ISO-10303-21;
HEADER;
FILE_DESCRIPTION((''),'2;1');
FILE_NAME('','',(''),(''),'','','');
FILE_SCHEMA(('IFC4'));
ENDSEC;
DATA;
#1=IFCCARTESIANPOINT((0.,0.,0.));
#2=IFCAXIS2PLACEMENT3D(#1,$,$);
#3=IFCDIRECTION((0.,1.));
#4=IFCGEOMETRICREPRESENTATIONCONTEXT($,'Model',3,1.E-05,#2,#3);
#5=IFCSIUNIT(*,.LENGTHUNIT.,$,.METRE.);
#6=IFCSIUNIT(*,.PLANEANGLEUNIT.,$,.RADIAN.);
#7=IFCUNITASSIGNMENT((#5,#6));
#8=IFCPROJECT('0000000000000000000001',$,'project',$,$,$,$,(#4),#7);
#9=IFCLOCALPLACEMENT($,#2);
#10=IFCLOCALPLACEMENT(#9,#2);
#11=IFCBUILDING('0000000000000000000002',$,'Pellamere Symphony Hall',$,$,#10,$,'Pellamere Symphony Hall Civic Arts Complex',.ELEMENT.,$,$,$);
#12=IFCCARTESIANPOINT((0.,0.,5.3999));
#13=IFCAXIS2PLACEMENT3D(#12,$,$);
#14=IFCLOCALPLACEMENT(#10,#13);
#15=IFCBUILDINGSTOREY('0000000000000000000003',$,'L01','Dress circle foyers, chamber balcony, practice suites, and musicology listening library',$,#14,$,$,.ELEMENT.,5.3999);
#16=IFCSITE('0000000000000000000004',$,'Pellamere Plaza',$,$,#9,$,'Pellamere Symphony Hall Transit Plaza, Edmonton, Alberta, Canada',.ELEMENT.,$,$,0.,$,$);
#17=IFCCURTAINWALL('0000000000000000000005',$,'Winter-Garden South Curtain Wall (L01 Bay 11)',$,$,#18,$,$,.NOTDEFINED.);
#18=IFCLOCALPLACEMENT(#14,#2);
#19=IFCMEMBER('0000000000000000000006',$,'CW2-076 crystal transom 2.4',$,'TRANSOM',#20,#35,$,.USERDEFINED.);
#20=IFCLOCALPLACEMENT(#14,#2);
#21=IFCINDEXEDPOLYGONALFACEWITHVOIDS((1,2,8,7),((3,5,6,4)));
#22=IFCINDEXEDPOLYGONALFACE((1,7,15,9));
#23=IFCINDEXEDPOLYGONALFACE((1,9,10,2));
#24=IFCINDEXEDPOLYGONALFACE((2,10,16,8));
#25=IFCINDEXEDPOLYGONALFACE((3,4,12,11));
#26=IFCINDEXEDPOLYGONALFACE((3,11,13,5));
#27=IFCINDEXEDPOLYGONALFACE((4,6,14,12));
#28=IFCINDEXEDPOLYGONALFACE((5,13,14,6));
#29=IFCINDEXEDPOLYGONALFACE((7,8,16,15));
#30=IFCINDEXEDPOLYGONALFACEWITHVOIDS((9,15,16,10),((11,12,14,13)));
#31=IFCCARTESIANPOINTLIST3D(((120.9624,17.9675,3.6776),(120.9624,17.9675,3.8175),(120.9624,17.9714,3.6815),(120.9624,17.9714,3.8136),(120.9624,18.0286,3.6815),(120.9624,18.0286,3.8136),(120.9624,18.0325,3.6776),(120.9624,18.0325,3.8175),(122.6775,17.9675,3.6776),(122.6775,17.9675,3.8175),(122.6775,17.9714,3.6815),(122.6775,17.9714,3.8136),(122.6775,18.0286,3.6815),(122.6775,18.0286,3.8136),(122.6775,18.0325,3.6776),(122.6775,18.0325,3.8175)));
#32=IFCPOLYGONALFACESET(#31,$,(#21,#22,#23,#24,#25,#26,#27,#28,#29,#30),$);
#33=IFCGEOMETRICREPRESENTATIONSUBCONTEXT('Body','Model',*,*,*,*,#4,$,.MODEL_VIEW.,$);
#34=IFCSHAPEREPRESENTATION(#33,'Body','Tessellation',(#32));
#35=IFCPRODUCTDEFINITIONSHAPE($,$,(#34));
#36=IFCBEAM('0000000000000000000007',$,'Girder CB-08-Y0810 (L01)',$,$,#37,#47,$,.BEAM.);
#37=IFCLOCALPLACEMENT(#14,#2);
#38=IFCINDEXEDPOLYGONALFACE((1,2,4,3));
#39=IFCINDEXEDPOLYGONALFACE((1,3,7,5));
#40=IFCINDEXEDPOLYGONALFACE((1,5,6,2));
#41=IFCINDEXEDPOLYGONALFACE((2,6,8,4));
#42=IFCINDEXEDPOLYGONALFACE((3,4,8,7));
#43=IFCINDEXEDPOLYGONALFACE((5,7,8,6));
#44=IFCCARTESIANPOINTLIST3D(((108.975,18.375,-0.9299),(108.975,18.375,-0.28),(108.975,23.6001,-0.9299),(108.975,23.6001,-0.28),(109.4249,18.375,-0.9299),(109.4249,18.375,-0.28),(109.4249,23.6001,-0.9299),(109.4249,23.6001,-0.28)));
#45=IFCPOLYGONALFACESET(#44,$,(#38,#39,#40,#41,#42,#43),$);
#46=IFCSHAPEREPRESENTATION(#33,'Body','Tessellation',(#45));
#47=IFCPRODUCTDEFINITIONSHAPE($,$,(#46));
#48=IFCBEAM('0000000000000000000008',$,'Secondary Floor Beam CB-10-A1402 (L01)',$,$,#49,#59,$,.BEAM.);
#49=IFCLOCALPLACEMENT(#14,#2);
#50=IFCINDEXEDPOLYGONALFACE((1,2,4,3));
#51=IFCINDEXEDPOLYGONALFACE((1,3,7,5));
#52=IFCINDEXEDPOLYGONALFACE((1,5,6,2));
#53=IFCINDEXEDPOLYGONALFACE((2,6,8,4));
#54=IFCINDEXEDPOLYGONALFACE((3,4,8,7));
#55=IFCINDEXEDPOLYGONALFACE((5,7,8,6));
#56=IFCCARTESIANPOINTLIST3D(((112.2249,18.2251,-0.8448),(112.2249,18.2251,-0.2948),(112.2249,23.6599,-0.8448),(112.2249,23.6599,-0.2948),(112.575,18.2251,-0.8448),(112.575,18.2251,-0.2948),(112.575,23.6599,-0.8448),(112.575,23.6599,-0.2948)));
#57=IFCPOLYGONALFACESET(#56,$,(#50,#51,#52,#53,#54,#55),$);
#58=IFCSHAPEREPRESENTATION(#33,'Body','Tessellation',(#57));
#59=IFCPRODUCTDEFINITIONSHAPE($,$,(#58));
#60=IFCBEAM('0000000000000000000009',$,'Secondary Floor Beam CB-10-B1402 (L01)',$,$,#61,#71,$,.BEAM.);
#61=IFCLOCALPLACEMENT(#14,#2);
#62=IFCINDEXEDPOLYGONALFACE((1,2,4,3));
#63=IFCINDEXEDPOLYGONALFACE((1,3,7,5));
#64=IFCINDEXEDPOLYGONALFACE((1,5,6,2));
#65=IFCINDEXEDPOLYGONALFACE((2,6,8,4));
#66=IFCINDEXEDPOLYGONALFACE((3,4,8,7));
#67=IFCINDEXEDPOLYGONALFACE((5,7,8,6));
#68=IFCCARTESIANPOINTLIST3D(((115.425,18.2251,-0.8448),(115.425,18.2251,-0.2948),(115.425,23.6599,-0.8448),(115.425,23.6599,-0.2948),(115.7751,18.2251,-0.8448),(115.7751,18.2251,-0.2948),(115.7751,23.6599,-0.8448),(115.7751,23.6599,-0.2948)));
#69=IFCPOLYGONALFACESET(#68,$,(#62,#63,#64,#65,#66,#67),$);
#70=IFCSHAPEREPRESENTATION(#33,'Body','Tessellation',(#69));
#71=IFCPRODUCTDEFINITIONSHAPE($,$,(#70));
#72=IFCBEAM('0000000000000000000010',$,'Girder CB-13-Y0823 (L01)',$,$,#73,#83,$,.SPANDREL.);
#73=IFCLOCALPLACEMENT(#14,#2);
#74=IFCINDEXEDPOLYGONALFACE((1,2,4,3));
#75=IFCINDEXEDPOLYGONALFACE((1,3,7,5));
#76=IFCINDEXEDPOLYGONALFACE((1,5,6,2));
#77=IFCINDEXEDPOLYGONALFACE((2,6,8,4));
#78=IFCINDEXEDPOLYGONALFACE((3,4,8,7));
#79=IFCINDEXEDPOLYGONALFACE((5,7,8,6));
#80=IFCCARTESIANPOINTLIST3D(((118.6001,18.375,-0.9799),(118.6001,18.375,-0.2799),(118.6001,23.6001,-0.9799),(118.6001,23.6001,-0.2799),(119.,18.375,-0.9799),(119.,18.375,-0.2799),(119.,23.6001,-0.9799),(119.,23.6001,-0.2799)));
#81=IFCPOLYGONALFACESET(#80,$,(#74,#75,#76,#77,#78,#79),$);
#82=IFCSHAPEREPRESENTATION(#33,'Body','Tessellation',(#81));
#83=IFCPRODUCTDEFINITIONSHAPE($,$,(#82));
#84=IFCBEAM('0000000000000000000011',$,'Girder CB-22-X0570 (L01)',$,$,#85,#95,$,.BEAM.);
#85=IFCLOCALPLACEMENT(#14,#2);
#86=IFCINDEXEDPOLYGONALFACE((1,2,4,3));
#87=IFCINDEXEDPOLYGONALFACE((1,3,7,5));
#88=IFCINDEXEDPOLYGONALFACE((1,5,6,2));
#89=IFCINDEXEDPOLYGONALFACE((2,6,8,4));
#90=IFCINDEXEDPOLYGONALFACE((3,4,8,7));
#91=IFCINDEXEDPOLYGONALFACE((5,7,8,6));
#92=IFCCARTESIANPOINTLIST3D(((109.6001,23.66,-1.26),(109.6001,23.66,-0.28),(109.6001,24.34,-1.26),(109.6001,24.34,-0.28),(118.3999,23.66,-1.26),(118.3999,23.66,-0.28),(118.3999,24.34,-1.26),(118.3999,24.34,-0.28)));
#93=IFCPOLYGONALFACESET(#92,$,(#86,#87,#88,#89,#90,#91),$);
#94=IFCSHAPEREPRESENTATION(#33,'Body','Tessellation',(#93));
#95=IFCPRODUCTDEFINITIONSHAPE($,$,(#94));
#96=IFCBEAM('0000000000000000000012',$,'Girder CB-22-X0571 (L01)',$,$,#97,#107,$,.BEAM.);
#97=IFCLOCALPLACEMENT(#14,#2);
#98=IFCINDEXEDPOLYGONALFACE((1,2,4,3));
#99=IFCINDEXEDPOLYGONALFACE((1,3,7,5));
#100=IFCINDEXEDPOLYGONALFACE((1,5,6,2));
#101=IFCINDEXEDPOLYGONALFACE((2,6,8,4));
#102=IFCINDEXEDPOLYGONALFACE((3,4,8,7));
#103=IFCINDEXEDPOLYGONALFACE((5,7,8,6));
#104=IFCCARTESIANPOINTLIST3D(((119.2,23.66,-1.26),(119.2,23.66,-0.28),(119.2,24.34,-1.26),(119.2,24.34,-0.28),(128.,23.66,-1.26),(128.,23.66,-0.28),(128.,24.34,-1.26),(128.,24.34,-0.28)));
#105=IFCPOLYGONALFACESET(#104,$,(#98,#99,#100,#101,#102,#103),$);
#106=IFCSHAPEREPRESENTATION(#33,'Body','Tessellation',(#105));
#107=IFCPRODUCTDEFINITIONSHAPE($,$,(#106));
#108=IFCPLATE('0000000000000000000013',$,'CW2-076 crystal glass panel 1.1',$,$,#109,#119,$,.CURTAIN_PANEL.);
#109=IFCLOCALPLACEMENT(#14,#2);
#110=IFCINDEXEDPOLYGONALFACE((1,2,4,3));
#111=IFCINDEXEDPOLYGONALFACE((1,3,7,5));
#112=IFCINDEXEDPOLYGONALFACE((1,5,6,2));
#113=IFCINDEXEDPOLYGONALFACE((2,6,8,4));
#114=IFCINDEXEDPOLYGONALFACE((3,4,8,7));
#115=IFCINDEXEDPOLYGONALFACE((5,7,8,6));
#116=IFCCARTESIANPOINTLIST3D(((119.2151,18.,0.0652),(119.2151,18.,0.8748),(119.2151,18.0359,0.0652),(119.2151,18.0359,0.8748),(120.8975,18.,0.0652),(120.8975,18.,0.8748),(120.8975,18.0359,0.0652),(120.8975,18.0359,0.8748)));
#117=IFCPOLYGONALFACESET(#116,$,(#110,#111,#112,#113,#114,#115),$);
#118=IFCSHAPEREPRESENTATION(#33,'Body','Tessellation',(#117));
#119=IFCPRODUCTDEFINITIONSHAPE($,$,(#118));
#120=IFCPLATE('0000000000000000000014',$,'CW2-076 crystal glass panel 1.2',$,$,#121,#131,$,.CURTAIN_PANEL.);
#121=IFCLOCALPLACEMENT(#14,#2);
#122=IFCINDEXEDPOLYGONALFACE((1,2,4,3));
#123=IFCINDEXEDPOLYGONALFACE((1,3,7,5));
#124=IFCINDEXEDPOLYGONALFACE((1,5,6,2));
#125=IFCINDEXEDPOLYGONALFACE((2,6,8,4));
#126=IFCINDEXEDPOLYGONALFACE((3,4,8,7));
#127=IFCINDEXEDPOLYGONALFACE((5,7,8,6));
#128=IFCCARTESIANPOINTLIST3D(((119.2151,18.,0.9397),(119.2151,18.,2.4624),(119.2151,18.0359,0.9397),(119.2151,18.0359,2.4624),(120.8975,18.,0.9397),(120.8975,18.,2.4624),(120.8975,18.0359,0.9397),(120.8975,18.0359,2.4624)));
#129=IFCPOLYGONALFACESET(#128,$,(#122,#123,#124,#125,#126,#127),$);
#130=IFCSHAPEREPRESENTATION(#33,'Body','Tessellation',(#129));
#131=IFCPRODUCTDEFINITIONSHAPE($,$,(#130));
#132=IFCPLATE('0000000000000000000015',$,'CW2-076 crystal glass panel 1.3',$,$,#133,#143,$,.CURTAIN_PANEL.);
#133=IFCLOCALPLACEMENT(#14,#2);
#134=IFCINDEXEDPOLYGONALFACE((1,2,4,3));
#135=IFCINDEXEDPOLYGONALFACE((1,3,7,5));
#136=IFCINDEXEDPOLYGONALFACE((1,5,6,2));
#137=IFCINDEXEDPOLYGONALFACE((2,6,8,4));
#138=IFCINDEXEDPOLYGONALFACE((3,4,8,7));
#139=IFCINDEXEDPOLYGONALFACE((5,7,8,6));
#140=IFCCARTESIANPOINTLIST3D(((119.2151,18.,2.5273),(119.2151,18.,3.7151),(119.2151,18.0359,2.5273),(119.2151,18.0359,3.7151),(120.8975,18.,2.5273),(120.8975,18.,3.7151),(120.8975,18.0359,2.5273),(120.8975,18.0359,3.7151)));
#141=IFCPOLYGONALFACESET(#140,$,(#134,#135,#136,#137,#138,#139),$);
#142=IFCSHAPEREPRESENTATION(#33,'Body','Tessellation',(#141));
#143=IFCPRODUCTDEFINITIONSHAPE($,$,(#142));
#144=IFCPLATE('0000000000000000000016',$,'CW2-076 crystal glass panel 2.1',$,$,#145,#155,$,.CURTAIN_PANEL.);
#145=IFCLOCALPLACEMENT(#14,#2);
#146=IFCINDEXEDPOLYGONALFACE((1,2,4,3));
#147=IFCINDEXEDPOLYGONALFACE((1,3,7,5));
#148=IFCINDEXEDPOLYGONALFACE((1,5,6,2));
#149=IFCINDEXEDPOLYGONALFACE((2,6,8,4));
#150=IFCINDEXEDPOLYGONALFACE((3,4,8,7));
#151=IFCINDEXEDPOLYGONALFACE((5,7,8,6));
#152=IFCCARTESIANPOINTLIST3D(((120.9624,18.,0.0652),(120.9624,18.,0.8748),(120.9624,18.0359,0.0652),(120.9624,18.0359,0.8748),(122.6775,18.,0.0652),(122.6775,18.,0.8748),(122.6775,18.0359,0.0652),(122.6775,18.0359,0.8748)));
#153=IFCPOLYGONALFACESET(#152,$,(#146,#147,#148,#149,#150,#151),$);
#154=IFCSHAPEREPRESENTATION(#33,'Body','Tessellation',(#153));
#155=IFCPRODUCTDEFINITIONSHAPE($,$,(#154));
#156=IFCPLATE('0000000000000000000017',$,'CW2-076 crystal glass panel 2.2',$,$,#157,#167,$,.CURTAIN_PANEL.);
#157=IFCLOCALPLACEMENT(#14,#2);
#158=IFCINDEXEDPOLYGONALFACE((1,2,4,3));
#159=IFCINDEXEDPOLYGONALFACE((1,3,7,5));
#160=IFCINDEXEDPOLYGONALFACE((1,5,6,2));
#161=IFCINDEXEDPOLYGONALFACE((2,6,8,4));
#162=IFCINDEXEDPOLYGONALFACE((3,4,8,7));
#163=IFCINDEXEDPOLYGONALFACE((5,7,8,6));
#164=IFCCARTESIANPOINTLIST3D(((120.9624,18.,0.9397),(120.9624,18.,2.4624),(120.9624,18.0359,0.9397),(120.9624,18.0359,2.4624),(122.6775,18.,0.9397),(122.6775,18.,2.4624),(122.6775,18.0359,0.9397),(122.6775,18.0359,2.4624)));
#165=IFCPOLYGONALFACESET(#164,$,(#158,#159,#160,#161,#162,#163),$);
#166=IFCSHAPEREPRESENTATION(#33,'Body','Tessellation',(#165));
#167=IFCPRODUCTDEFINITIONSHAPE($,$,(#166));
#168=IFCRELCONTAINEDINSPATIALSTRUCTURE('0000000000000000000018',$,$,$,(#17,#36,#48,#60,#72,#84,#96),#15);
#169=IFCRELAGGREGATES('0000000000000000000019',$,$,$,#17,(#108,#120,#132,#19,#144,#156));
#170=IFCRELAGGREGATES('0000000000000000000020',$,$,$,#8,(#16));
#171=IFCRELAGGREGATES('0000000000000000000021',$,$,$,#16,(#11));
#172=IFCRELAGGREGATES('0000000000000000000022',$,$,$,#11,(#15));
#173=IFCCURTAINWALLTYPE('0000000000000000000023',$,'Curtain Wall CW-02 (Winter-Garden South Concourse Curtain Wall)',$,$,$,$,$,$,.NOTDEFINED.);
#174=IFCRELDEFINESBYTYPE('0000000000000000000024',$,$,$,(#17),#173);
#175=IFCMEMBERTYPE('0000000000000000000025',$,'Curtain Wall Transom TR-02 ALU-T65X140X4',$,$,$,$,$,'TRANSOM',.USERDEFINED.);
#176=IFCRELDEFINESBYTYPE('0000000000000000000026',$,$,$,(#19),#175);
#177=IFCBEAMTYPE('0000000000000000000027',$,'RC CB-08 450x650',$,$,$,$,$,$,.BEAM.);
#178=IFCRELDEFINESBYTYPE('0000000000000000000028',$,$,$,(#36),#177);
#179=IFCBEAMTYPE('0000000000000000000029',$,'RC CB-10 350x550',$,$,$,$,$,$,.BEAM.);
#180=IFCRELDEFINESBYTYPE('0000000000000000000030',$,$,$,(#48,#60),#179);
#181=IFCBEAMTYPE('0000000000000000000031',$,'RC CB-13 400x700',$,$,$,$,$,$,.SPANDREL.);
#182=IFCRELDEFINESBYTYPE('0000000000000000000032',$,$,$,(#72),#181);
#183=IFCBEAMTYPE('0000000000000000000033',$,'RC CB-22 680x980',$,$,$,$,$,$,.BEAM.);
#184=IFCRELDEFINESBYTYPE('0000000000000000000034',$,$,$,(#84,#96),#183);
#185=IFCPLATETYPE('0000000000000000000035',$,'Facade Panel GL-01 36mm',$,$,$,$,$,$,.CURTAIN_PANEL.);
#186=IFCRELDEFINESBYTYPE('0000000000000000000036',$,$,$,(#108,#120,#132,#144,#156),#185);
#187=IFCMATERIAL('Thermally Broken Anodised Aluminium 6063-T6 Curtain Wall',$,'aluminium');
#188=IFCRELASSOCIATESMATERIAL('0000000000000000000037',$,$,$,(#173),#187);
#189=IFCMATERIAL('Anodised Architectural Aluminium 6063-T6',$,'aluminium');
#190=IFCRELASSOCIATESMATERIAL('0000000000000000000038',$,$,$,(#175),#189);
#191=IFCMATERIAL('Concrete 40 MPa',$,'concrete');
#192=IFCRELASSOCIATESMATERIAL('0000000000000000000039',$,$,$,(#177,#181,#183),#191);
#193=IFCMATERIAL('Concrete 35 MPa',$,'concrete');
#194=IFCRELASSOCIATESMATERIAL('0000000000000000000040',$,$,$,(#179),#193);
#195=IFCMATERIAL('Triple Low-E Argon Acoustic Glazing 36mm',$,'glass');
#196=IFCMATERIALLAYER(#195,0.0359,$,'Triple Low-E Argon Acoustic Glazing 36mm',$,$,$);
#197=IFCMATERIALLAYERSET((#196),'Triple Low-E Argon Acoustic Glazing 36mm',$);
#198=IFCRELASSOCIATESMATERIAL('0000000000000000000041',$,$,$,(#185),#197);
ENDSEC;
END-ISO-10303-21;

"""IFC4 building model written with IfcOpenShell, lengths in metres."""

from ifc_helpers import new_model, si_unit, direction, frame, origin, origin_2d, place, context, subcontext, project, spatial, polyline, rectangle, hollow_rectangle, outline, extrude, material, layer, layer_set, material_profile, profile_set, type_object, element, aggregate, save


model = new_model("IFC4")

# Units and contexts
model_context = context("Model", 3, precision=1e-05, world=origin(), true_north=direction((0.0, 1.0)))
body_context = subcontext(model_context, "Body", "Model", "MODEL_VIEW")
ifc_project = project(units=[si_unit("LENGTHUNIT", "METRE"), si_unit("PLANEANGLEUNIT", "RADIAN")], contexts=[model_context])

# Site, building, storey
site_placement = place(None, origin())
site = spatial("IfcSite", under=ifc_project, at=site_placement, Name="Pellamere Plaza", LongName="Pellamere Symphony Hall Transit Plaza, Edmonton, Alberta, Canada", CompositionType="ELEMENT", RefElevation=0.0)
building_placement = place(site_placement, origin())
building = spatial("IfcBuilding", under=site, at=building_placement, Name="Pellamere Symphony Hall", LongName="Pellamere Symphony Hall Civic Arts Complex", CompositionType="ELEMENT")
storey_placement = place(building_placement, frame((0.0, 0.0, 5.3999)))
storey = spatial("IfcBuildingStorey", under=building, at=storey_placement, Name="L01", Description="Dress circle foyers, chamber balcony, practice suites, and musicology listening library", CompositionType="ELEMENT", Elevation=5.3999)

# Shared definitions
ifc_material_1 = material(Name="Concrete 40 MPa", Category="concrete")

# Curtain wall, member
ifc_material_2 = material(Name="Thermally Broken Anodised Aluminium 6063-T6 Curtain Wall", Category="aluminium")
curtain_wall_type = type_object("IfcCurtainWallType", Name="Curtain Wall CW-02 (Winter-Garden South Concourse Curtain Wall)", PredefinedType="NOTDEFINED", material=ifc_material_2)
curtain_wall_placement = place(storey_placement, origin())
curtain_wall = element("IfcCurtainWall", 1, at=curtain_wall_placement, inside=storey, type_object=curtain_wall_type, Name="Winter-Garden South Curtain Wall (L01 Bay 11)", PredefinedType="NOTDEFINED")
ifc_material_3 = material(Name="Anodised Architectural Aluminium 6063-T6", Category="aluminium")
ifc_material_profile_1 = material_profile(ifc_material_3, hollow_rectangle(XDim=0.0649, YDim=0.1399, WallThickness=0.0039, at=origin_2d()), Name="ALU-T65X140X4")
ifc_profile_set_1 = profile_set([ifc_material_profile_1], Name="Anodised Architectural Aluminium 6063-T6")
member_type_1 = type_object("IfcMemberType", Name="Curtain Wall Transom TR-02 ALU-T65X140X4", ElementType="TRANSOM", PredefinedType="USERDEFINED", material=ifc_profile_set_1)
member_1_placement = place(storey_placement, frame((120.9624, 18.0, 3.7476), z_axis=(1.0, 0.0, 0.0), x_axis=(0.0, 1.0, 0.0)))
member_1 = element("IfcMember", 2, at=member_1_placement, type_object=member_type_1, Name="CW2-076 crystal transom 2.4", ObjectType="TRANSOM", PredefinedType="USERDEFINED", context=body_context, shape_type="SweptSolid", body=[
    extrude(hollow_rectangle(XDim=0.0649, YDim=0.1399, WallThickness=0.0039, at=origin_2d()), origin(), (0.0, 0.0, 1.0), 1.7151),
])

# Beams
ifc_material_profile_2 = material_profile(ifc_material_1, rectangle(XDim=0.45, YDim=0.6499, at=origin_2d()), Name="RC 450x650")
ifc_profile_set_2 = profile_set([ifc_material_profile_2], Name="Concrete 40 MPa")
beam_type_1 = type_object("IfcBeamType", Name="RC CB-08 450x650", PredefinedType="BEAM", material=ifc_profile_set_2)
beam_1_placement = place(storey_placement, frame((109.2, 18.375, -0.605), z_axis=(0.0, 1.0, 0.0), x_axis=(-1.0, 0.0, 0.0)))
element("IfcBeam", 3, at=beam_1_placement, inside=storey, type_object=beam_type_1, Name="Girder CB-08-Y0810 (L01)", PredefinedType="BEAM", context=body_context, shape_type="SweptSolid", body=[
    extrude(rectangle(XDim=0.45, YDim=0.6499, at=origin_2d()), origin(), (0.0, 0.0, 1.0), 5.2251),
])
ifc_material_4 = material(Name="Concrete 35 MPa", Category="concrete")
ifc_material_profile_3 = material_profile(ifc_material_4, rectangle(XDim=0.3501, YDim=0.55, at=origin_2d()), Name="RC 350x550")
ifc_profile_set_3 = profile_set([ifc_material_profile_3], Name="Concrete 35 MPa")
beam_type_2 = type_object("IfcBeamType", Name="RC CB-10 350x550", PredefinedType="BEAM", material=ifc_profile_set_3)
for number, where, z_axis, x_axis, name in (
    (4, (112.3999, 18.2251, -0.5698), (0.0, 1.0, 0.0), (-1.0, 0.0, 0.0), "Secondary Floor Beam CB-10-A1402 (L01)"),
    (5, (115.6001, 18.2251, -0.5698), (0.0, 1.0, 0.0), (-1.0, 0.0, 0.0), "Secondary Floor Beam CB-10-B1402 (L01)"),
):
    element("IfcBeam", number, at=place(storey_placement, frame(where, z_axis=z_axis, x_axis=x_axis)), inside=storey, type_object=beam_type_2, Name=name, PredefinedType="BEAM", context=body_context, shape_type="SweptSolid", body=[
        extrude(rectangle(XDim=0.3501, YDim=0.55, at=origin_2d()), origin(), (0.0, 0.0, 1.0), 5.4348),
    ])
ifc_material_profile_4 = material_profile(ifc_material_1, rectangle(XDim=0.3999, YDim=0.7, at=origin_2d()), Name="RC 400x700")
ifc_profile_set_4 = profile_set([ifc_material_profile_4], Name="Concrete 40 MPa")
beam_type_3 = type_object("IfcBeamType", Name="RC CB-13 400x700", PredefinedType="SPANDREL", material=ifc_profile_set_4)
beam_2_placement = place(storey_placement, frame((118.8, 18.375, -0.6299), z_axis=(0.0, 1.0, 0.0), x_axis=(-1.0, 0.0, 0.0)))
element("IfcBeam", 6, at=beam_2_placement, inside=storey, type_object=beam_type_3, Name="Girder CB-13-Y0823 (L01)", PredefinedType="SPANDREL", context=body_context, shape_type="SweptSolid", body=[
    extrude(rectangle(XDim=0.3999, YDim=0.7, at=origin_2d()), origin(), (0.0, 0.0, 1.0), 5.2251),
])
ifc_material_profile_5 = material_profile(ifc_material_1, rectangle(XDim=0.6799, YDim=0.98, at=origin_2d()), Name="RC 680x980")
ifc_profile_set_5 = profile_set([ifc_material_profile_5], Name="Concrete 40 MPa")
beam_type_4 = type_object("IfcBeamType", Name="RC CB-22 680x980", PredefinedType="BEAM", material=ifc_profile_set_5)
beam_3_placement = place(storey_placement, frame((109.6001, 24.0, -0.77), z_axis=(1.0, 0.0, 0.0), x_axis=(0.0, 1.0, 0.0)))
element("IfcBeam", 7, at=beam_3_placement, inside=storey, type_object=beam_type_4, Name="Girder CB-22-X0570 (L01)", PredefinedType="BEAM", context=body_context, shape_type="SweptSolid", body=[
    extrude(rectangle(XDim=0.6799, YDim=0.98, at=origin_2d()), origin(), (0.0, 0.0, 1.0), 8.7998),
])
beam_4_placement = place(storey_placement, frame((119.2, 24.0, -0.77), z_axis=(1.0, 0.0, 0.0), x_axis=(0.0, 1.0, 0.0)))
element("IfcBeam", 8, at=beam_4_placement, inside=storey, type_object=beam_type_4, Name="Girder CB-22-X0571 (L01)", PredefinedType="BEAM", context=body_context, shape_type="SweptSolid", body=[
    extrude(rectangle(XDim=0.6799, YDim=0.98, at=origin_2d()), origin(), (0.0, 0.0, 1.0), 8.8),
])

# Plates
ifc_material_5 = material(Name="Triple Low-E Argon Acoustic Glazing 36mm", Category="glass")
ifc_layer = layer(ifc_material_5, 0.0359, Name="Triple Low-E Argon Acoustic Glazing 36mm")
ifc_layer_set = layer_set([ifc_layer], Name="Triple Low-E Argon Acoustic Glazing 36mm")
plate_type = type_object("IfcPlateType", Name="Facade Panel GL-01 36mm", PredefinedType="CURTAIN_PANEL", material=ifc_layer_set)
plate_1_placement = place(storey_placement, frame((119.2151, 18.0, 0.0652), z_axis=(0.0, -1.0, 0.0), x_axis=(1.0, 0.0, 0.0)))
plate_1 = element("IfcPlate", 9, at=plate_1_placement, type_object=plate_type, Name="CW2-076 crystal glass panel 1.1", PredefinedType="CURTAIN_PANEL", context=body_context, shape_type="SweptSolid", body=[
    extrude(outline(polyline([(0.0, 0.0), (1.6824, 0.0), (1.6824, 0.8096), (0.0, 0.8096), (0.0, 0.0)])), origin(), (0.0, 0.0, -1.0), 0.0359),
])
plate_2_placement = place(storey_placement, frame((119.2151, 18.0, 0.9397), z_axis=(0.0, -1.0, 0.0), x_axis=(1.0, 0.0, 0.0)))
plate_2 = element("IfcPlate", 10, at=plate_2_placement, type_object=plate_type, Name="CW2-076 crystal glass panel 1.2", PredefinedType="CURTAIN_PANEL", context=body_context, shape_type="SweptSolid", body=[
    extrude(outline(polyline([(0.0, 0.0), (1.6824, 0.0), (1.6824, 1.5227), (0.0, 1.5227), (0.0, 0.0)])), origin(), (0.0, 0.0, -1.0), 0.0359),
])
plate_3_placement = place(storey_placement, frame((119.2151, 18.0, 2.5273), z_axis=(0.0, -1.0, 0.0), x_axis=(1.0, 0.0, 0.0)))
plate_3 = element("IfcPlate", 11, at=plate_3_placement, type_object=plate_type, Name="CW2-076 crystal glass panel 1.3", PredefinedType="CURTAIN_PANEL", context=body_context, shape_type="SweptSolid", body=[
    extrude(outline(polyline([(0.0, 0.0), (1.6824, 0.0), (1.6824, 1.1877), (0.0, 1.1877), (0.0, 0.0)])), origin(), (0.0, 0.0, -1.0), 0.0359),
])
plate_4_placement = place(storey_placement, frame((120.9624, 18.0, 0.0652), z_axis=(0.0, -1.0, 0.0), x_axis=(1.0, 0.0, 0.0)))
plate_4 = element("IfcPlate", 12, at=plate_4_placement, type_object=plate_type, Name="CW2-076 crystal glass panel 2.1", PredefinedType="CURTAIN_PANEL", context=body_context, shape_type="SweptSolid", body=[
    extrude(outline(polyline([(0.0, 0.0), (1.7151, 0.0), (1.7151, 0.8096), (0.0, 0.8096), (0.0, 0.0)])), origin(), (0.0, 0.0, -1.0), 0.0359),
])
plate_5_placement = place(storey_placement, frame((120.9624, 18.0, 0.9397), z_axis=(0.0, -1.0, 0.0), x_axis=(1.0, 0.0, 0.0)))
plate_5 = element("IfcPlate", 13, at=plate_5_placement, type_object=plate_type, Name="CW2-076 crystal glass panel 2.2", PredefinedType="CURTAIN_PANEL", context=body_context, shape_type="SweptSolid", body=[
    extrude(outline(polyline([(0.0, 0.0), (1.7151, 0.0), (1.7151, 1.5227), (0.0, 1.5227), (0.0, 0.0)])), origin(), (0.0, 0.0, -1.0), 0.0359),
])
aggregate(curtain_wall, [plate_1, plate_2, plate_3, member_1, plate_4, plate_5])

save(model, "model.ifc")
